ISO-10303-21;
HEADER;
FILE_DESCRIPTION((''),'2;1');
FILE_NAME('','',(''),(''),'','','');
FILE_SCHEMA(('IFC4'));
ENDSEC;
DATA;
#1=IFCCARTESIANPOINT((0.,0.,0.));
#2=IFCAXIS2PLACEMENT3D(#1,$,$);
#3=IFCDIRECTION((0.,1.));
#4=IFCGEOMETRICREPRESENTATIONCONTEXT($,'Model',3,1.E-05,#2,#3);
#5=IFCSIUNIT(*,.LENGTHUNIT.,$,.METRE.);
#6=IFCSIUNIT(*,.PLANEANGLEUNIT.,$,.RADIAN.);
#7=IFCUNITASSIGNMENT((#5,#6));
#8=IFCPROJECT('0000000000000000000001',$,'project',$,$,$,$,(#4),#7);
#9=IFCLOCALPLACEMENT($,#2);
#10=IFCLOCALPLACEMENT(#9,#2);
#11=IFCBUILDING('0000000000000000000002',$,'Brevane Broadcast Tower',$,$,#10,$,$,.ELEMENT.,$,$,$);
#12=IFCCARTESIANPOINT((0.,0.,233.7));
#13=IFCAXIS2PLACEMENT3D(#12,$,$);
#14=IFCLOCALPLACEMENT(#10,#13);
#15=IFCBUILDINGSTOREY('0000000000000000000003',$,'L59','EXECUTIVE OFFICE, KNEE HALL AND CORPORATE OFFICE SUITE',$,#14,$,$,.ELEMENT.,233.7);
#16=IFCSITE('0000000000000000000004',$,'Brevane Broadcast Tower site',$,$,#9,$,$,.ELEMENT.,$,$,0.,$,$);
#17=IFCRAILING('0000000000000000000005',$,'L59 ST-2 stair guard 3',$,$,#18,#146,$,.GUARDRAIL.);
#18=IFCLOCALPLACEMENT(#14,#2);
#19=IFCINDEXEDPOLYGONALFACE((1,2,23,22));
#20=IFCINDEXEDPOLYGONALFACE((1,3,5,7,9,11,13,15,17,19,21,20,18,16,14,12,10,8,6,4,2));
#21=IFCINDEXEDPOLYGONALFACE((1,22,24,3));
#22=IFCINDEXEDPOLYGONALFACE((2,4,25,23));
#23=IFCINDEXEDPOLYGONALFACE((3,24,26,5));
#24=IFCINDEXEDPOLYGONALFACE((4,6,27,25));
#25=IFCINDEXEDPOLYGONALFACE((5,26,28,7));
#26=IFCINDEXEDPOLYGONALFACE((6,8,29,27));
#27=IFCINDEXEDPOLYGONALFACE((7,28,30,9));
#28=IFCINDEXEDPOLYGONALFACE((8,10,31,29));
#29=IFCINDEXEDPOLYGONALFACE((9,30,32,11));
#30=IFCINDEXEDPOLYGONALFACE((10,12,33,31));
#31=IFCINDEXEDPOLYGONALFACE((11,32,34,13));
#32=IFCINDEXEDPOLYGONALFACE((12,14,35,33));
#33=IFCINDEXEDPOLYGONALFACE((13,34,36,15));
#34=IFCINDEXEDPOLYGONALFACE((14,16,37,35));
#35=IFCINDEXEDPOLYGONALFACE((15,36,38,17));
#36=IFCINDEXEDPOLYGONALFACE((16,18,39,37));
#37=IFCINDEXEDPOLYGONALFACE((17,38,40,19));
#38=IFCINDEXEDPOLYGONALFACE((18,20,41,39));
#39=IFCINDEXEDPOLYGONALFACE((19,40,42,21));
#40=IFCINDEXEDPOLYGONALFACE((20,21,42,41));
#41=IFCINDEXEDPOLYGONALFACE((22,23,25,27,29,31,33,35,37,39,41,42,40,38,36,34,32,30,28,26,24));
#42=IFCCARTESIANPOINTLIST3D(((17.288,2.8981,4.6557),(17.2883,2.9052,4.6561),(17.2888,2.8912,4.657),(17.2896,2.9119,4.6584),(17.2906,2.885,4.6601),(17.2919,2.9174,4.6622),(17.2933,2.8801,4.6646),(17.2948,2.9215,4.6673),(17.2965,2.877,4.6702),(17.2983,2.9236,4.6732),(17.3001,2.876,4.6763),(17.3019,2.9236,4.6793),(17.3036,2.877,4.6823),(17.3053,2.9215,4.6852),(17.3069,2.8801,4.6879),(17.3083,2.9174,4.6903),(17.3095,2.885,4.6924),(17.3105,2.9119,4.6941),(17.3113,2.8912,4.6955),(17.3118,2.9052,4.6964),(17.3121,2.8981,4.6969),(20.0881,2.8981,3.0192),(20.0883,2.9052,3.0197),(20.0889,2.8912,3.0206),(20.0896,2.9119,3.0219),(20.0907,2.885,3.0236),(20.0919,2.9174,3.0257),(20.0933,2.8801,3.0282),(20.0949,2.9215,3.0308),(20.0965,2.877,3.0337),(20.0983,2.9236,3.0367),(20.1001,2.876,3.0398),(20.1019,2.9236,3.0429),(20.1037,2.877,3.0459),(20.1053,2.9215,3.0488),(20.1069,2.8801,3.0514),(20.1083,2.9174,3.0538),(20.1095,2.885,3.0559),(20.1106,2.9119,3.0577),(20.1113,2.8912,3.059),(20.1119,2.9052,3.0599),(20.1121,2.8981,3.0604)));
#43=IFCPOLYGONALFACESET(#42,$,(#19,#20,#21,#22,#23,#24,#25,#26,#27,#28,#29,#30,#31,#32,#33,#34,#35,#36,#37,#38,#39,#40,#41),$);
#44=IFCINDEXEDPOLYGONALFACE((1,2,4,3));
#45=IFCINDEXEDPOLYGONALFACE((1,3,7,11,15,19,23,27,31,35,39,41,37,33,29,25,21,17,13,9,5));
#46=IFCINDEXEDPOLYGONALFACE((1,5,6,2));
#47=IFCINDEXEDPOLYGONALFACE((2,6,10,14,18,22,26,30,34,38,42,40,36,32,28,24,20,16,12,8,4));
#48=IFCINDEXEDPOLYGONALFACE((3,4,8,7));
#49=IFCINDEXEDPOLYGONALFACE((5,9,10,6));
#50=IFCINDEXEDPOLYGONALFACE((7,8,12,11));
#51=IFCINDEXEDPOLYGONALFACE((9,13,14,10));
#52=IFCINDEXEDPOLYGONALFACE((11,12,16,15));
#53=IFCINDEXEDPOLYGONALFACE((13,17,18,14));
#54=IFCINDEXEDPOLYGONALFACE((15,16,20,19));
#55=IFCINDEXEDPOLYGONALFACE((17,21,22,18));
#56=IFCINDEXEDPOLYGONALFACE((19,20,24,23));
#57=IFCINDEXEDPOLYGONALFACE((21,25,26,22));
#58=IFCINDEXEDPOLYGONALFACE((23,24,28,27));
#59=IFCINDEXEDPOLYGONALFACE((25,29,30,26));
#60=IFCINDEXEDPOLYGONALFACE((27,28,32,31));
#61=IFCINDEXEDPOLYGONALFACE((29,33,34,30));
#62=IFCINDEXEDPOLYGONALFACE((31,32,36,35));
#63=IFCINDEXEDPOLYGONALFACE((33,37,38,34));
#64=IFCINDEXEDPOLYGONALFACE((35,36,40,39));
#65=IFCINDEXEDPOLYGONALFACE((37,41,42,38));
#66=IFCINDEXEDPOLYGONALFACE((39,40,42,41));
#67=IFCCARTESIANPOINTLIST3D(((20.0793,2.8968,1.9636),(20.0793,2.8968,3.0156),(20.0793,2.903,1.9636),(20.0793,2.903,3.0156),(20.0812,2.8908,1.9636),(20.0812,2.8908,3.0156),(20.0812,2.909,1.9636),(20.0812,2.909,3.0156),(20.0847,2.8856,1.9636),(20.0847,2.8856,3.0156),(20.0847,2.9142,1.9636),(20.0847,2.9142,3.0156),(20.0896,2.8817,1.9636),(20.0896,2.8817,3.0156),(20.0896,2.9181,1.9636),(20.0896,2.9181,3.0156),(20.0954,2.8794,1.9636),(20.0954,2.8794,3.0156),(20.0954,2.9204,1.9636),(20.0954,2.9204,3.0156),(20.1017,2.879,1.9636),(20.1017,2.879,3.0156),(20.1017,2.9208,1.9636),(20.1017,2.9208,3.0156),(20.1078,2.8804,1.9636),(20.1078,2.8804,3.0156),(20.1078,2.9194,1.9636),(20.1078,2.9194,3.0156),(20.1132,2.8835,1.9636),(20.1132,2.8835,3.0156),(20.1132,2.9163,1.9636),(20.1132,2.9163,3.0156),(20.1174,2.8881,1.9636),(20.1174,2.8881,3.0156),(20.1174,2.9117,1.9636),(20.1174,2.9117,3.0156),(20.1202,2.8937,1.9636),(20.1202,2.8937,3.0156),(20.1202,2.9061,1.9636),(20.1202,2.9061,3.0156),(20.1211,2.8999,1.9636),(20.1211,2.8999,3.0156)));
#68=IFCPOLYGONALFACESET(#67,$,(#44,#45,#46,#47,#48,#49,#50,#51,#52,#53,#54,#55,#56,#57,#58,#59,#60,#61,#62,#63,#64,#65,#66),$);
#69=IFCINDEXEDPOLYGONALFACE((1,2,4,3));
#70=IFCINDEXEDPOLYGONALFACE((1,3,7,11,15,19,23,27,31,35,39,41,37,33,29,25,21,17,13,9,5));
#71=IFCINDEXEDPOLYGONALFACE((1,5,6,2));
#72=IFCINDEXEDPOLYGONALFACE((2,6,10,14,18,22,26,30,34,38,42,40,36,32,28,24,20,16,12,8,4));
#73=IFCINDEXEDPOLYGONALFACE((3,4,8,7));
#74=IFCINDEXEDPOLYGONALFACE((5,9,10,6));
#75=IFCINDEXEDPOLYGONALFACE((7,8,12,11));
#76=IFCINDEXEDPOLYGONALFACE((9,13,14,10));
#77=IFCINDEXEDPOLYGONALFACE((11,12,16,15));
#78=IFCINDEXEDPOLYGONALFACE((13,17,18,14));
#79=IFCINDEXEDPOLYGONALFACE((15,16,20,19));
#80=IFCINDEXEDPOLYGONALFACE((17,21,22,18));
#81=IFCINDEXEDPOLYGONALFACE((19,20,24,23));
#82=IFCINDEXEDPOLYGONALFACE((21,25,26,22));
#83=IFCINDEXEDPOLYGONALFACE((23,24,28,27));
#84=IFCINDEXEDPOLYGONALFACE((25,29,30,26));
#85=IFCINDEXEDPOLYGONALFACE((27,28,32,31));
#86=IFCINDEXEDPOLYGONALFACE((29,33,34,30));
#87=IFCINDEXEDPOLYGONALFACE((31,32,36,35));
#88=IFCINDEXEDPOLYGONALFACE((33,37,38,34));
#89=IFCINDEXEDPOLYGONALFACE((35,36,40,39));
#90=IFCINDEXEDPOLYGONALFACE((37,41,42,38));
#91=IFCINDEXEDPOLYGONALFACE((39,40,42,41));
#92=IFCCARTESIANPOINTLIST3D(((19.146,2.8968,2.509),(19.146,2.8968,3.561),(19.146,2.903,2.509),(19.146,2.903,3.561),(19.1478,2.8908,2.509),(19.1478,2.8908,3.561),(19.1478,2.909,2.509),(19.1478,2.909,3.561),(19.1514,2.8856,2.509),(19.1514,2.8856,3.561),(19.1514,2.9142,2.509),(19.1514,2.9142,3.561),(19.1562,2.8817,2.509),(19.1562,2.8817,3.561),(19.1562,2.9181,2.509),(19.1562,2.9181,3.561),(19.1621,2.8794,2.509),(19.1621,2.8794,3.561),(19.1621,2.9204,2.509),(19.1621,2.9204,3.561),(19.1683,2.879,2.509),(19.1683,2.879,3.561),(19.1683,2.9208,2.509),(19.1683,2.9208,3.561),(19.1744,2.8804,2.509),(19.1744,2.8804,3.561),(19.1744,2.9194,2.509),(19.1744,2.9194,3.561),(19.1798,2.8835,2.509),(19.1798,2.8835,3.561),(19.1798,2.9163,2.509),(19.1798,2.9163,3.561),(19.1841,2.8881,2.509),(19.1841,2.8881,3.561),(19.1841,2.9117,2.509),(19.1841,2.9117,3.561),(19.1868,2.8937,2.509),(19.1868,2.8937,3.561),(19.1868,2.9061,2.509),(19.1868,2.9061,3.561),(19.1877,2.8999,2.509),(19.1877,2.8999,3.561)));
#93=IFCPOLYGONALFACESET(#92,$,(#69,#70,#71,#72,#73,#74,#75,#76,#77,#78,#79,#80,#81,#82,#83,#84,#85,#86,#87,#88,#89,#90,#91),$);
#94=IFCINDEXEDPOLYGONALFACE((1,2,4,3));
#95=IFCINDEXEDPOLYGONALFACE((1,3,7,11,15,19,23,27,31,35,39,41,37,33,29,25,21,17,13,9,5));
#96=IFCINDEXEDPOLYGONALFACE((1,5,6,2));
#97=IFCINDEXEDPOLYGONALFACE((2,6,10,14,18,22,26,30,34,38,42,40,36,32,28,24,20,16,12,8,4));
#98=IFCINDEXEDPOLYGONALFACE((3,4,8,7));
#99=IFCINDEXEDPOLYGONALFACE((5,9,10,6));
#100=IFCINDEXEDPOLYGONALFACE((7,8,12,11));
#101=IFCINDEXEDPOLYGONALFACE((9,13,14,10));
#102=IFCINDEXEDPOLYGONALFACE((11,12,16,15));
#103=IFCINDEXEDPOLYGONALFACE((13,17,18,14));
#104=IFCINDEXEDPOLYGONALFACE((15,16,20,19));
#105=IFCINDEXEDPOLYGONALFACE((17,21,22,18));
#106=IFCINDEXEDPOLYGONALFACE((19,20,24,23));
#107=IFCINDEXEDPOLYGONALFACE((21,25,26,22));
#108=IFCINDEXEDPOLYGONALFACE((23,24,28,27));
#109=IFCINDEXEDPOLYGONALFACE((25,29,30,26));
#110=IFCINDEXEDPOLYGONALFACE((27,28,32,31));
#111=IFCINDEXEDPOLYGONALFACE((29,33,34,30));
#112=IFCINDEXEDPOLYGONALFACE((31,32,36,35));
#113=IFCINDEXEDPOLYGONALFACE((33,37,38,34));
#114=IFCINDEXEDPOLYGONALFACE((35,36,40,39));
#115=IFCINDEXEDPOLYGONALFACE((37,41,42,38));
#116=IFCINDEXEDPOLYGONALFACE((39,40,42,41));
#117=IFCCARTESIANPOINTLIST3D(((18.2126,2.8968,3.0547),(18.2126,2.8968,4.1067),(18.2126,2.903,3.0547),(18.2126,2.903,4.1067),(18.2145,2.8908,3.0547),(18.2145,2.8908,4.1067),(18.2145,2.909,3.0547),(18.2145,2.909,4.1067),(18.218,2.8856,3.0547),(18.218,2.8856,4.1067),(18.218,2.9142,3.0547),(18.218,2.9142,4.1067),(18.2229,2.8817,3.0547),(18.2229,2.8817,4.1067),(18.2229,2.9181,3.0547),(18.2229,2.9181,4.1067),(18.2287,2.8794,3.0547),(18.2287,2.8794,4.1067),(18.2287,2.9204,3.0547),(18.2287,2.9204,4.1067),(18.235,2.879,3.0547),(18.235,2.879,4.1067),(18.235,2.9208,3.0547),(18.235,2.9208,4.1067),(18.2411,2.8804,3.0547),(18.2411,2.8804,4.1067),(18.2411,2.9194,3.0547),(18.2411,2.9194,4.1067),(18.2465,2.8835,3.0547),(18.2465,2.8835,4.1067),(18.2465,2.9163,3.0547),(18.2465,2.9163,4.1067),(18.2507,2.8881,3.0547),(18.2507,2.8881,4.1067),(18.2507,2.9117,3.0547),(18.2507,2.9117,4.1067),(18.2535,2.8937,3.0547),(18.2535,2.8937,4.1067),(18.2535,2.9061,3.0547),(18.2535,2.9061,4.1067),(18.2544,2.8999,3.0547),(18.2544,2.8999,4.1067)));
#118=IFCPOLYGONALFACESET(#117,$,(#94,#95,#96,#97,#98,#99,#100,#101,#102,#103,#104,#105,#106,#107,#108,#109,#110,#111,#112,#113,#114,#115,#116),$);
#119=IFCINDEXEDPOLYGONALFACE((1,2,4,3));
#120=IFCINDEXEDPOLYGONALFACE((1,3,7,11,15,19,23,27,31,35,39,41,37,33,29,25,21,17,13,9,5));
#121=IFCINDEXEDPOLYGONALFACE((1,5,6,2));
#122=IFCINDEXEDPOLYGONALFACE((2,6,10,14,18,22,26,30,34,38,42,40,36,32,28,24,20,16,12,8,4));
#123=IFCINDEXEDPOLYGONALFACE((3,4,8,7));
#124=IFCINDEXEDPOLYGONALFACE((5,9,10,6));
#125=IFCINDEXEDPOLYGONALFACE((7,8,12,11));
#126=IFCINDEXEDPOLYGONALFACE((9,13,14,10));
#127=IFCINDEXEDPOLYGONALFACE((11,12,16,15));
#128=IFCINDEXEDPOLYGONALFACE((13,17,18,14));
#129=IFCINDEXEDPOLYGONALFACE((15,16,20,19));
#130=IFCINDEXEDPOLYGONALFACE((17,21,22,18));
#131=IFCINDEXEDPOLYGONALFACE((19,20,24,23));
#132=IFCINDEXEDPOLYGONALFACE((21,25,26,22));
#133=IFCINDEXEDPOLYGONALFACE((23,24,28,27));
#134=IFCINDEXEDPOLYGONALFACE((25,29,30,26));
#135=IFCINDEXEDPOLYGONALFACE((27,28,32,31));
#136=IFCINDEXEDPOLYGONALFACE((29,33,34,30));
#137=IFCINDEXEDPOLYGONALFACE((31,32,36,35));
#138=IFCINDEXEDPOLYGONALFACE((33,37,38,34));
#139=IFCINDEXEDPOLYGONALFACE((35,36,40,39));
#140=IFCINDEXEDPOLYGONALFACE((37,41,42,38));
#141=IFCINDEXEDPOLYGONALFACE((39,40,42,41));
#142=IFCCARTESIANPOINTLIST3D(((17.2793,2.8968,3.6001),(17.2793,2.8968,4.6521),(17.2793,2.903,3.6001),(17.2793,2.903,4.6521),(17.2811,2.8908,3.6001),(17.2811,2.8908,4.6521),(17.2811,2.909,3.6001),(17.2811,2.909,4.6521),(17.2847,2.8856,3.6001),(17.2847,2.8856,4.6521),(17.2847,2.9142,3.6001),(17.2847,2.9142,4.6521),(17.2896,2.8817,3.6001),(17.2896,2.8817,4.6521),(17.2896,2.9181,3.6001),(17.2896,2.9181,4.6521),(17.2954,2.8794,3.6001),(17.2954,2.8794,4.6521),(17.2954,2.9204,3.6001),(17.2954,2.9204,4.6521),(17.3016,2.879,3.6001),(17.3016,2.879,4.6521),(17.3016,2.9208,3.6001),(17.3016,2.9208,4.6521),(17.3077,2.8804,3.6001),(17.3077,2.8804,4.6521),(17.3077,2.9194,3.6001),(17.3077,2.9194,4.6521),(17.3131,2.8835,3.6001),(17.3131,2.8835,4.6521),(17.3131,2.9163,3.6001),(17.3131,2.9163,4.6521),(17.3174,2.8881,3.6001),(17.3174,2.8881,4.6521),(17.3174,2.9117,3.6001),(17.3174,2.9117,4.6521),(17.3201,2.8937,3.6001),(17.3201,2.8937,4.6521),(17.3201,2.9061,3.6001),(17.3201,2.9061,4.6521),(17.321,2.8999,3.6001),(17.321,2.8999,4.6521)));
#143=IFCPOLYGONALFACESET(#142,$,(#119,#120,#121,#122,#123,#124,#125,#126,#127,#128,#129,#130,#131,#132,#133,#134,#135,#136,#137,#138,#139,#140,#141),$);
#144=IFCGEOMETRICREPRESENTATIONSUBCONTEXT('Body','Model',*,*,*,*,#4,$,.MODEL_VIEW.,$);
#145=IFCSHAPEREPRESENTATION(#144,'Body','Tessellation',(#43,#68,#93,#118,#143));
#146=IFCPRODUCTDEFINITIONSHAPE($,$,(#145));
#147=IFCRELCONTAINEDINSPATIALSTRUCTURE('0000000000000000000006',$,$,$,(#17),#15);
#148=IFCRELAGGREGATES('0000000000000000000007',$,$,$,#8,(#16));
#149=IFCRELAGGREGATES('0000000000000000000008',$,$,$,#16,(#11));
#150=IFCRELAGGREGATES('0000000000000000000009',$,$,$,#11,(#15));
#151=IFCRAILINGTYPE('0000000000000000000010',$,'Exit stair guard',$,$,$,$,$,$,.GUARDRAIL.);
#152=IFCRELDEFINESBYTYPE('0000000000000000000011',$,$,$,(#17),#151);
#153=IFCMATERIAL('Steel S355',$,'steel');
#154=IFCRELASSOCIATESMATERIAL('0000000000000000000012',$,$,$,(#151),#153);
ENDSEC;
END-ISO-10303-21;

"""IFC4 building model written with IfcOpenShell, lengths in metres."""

from ifc_helpers import new_model, si_unit, direction, frame, origin, origin_2d, place, context, subcontext, project, spatial, circle, extrude, material, type_object, element, save


model = new_model("IFC4")

# Units and contexts
model_context = context("Model", 3, precision=1e-05, world=origin(), true_north=direction((0.0, 1.0)))
body_context = subcontext(model_context, "Body", "Model", "MODEL_VIEW")
ifc_project = project(units=[si_unit("LENGTHUNIT", "METRE"), si_unit("PLANEANGLEUNIT", "RADIAN")], contexts=[model_context])

# Site, building, storey
site_placement = place(None, origin())
site = spatial("IfcSite", under=ifc_project, at=site_placement, Name="Brevane Broadcast Tower site", CompositionType="ELEMENT", RefElevation=0.0)
building_placement = place(site_placement, origin())
building = spatial("IfcBuilding", under=site, at=building_placement, Name="Brevane Broadcast Tower", CompositionType="ELEMENT")
storey_placement = place(building_placement, frame((0.0, 0.0, 233.7)))
storey = spatial("IfcBuildingStorey", under=building, at=storey_placement, Name="L59", Description="EXECUTIVE OFFICE, KNEE HALL AND CORPORATE OFFICE SUITE", CompositionType="ELEMENT", Elevation=233.7)

# Railing
ifc_material_1 = material(Name="Steel S355", Category="steel")
railing_type_1 = type_object("IfcRailingType", Name="Exit stair guard", PredefinedType="GUARDRAIL", material=ifc_material_1)
railing_1_placement = place(storey_placement, frame((20.1001, 2.8999, 1.9636)))
element("IfcRailing", 1, at=railing_1_placement, inside=storey, type_object=railing_type_1, Name="L59 ST-2 stair guard 3", PredefinedType="GUARDRAIL", context=body_context, shape_type="SweptSolid", body=[
    extrude(circle(Radius=0.0239, at=origin_2d()), frame((0.0, 0.0, 1.0762), z_axis=(-0.863361, 0.0, 0.504587), x_axis=(0.0, -1.0, 0.0)), (0.0, 0.0, 1.0), 3.2432),
    extrude(circle(Radius=0.021, at=origin_2d()), origin(), (0.0, 0.0, 1.0), 1.052),
    extrude(circle(Radius=0.021, at=origin_2d()), frame((-0.9333, 0.0, 0.5454)), (0.0, 0.0, 1.0), 1.052),
    extrude(circle(Radius=0.021, at=origin_2d()), frame((-1.8667, 0.0, 1.0911)), (0.0, 0.0, 1.0), 1.052),
    extrude(circle(Radius=0.021, at=origin_2d()), frame((-2.8, 0.0, 1.6365)), (0.0, 0.0, 1.0), 1.052),
])

save(model, "model.ifc")
